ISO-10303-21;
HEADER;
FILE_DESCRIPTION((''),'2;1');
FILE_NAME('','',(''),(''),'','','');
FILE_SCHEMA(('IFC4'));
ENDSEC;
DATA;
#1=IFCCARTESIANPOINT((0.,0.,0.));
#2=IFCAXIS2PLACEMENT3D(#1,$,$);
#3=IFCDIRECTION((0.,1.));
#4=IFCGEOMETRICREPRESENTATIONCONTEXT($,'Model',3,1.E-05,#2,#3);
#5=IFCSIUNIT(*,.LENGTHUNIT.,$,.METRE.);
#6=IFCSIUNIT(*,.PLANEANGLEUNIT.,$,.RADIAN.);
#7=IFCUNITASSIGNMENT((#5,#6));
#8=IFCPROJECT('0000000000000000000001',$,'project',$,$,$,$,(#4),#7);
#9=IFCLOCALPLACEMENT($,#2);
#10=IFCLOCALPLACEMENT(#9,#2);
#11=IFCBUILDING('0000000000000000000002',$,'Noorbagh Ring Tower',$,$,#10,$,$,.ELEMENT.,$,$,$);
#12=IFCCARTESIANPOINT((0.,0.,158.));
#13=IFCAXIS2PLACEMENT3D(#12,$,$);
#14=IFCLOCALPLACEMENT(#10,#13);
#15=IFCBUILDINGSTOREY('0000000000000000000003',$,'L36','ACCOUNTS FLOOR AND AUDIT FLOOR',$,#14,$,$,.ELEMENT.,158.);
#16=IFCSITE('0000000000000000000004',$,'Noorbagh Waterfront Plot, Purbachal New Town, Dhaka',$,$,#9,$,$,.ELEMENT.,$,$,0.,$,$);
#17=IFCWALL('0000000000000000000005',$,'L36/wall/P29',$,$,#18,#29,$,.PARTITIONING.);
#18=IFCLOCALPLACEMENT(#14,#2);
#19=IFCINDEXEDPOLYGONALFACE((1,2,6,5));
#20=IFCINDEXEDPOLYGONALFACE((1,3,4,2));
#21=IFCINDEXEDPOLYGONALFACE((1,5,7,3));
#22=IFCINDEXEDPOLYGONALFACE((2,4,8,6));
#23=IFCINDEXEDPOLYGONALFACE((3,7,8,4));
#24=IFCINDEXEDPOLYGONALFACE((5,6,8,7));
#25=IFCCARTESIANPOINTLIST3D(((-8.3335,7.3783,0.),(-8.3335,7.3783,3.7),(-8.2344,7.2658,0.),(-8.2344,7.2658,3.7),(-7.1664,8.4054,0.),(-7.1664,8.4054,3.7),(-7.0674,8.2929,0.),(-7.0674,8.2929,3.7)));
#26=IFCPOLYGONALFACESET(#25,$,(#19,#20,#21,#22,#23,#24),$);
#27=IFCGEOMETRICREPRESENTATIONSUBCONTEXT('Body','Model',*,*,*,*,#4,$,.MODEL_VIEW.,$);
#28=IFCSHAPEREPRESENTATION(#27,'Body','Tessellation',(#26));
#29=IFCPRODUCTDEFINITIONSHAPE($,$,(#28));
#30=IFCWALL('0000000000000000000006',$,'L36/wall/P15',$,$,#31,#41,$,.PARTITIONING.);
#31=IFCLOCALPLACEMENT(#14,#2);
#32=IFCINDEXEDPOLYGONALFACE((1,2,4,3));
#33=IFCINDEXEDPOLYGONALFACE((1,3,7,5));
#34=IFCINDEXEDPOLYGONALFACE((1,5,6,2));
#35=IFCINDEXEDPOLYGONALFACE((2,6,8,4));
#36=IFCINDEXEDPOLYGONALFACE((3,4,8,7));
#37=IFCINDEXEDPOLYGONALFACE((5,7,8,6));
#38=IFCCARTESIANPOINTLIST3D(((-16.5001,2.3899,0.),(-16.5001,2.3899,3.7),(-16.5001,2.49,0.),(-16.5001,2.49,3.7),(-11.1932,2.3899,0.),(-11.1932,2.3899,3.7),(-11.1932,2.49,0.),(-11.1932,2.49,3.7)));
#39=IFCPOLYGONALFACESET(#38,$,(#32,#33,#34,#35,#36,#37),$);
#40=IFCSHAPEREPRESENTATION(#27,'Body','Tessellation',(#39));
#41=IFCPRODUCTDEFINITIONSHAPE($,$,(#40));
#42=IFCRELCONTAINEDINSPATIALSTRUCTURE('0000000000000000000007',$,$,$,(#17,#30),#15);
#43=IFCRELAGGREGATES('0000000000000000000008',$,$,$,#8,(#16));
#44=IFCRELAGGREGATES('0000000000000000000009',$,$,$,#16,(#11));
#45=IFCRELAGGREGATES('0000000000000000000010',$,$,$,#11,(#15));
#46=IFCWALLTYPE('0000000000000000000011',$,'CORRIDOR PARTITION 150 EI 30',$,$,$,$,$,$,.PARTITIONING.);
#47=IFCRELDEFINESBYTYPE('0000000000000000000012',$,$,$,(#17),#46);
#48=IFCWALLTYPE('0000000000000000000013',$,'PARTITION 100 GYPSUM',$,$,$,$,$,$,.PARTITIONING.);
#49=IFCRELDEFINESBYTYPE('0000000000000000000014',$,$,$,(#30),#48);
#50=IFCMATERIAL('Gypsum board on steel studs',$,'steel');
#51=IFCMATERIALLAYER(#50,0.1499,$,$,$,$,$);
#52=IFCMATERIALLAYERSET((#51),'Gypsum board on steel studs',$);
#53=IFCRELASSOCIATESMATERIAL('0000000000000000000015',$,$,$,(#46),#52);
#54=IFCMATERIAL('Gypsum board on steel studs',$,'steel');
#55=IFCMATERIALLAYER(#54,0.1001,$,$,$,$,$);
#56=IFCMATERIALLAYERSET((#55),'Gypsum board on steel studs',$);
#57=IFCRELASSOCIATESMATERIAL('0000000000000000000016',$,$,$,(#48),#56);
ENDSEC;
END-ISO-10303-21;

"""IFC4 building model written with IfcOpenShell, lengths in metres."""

from ifc_helpers import new_model, si_unit, direction, frame, frame_2d, origin, place, context, subcontext, project, spatial, rectangle, extrude, material, layer, layer_set, type_object, element, save


model = new_model("IFC4")

# Units and contexts
model_context = context("Model", 3, precision=1e-05, world=origin(), true_north=direction((0.0, 1.0)))
body_context = subcontext(model_context, "Body", "Model", "MODEL_VIEW")
ifc_project = project(units=[si_unit("LENGTHUNIT", "METRE"), si_unit("PLANEANGLEUNIT", "RADIAN")], contexts=[model_context])

# Site, building, storey
site_placement = place(None, origin())
site = spatial("IfcSite", under=ifc_project, at=site_placement, Name="Noorbagh Waterfront Plot, Purbachal New Town, Dhaka", CompositionType="ELEMENT", RefElevation=0.0)
building_placement = place(site_placement, origin())
building = spatial("IfcBuilding", under=site, at=building_placement, Name="Noorbagh Ring Tower", CompositionType="ELEMENT")
storey_placement = place(building_placement, frame((0.0, 0.0, 158.0)))
storey = spatial("IfcBuildingStorey", under=building, at=storey_placement, Name="L36", Description="ACCOUNTS FLOOR AND AUDIT FLOOR", CompositionType="ELEMENT", Elevation=158.0)

# Shared definitions
ifc_material_1 = material(Name="Gypsum board on steel studs", Category="steel")
ifc_layer_1 = layer(ifc_material_1, 0.1499)
ifc_layer_set_1 = layer_set([ifc_layer_1], Name="Gypsum board on steel studs")
wall_type_1 = type_object("IfcWallType", Name="CORRIDOR PARTITION 150 EI 30", PredefinedType="PARTITIONING", material=ifc_layer_set_1)

# Walls
wall_1_placement = place(storey_placement, frame((-8.2839, 7.322, 0.0), z_axis=(0.0, 0.0, 1.0), x_axis=(0.750667, 0.660681, 0.0)))
element("IfcWall", 1, at=wall_1_placement, inside=storey, type_object=wall_type_1, Name="L36/wall/P29", PredefinedType="PARTITIONING", context=body_context, shape_type="SweptSolid", body=[
    extrude(rectangle(XDim=1.5547, YDim=0.1499, at=frame_2d((0.7773, 0.0))), origin(), (0.0, 0.0, 1.0), 3.7),
])
ifc_material_2 = material(Name="Gypsum board on steel studs", Category="steel")
ifc_layer_2 = layer(ifc_material_2, 0.1001)
ifc_layer_set_2 = layer_set([ifc_layer_2], Name="Gypsum board on steel studs")
wall_type_2 = type_object("IfcWallType", Name="PARTITION 100 GYPSUM", PredefinedType="PARTITIONING", material=ifc_layer_set_2)
wall_2_placement = place(storey_placement, frame((-16.5, 2.4399, 0.0), z_axis=(0.0, 0.0, 1.0), x_axis=(1.0, 0.0, 0.0)))
element("IfcWall", 2, at=wall_2_placement, inside=storey, type_object=wall_type_2, Name="L36/wall/P15", PredefinedType="PARTITIONING", context=body_context, shape_type="SweptSolid", body=[
    extrude(rectangle(XDim=5.3069, YDim=0.1001, at=frame_2d((2.6533, 0.0))), origin(), (0.0, 0.0, 1.0), 3.7),
])

save(model, "model.ifc")
